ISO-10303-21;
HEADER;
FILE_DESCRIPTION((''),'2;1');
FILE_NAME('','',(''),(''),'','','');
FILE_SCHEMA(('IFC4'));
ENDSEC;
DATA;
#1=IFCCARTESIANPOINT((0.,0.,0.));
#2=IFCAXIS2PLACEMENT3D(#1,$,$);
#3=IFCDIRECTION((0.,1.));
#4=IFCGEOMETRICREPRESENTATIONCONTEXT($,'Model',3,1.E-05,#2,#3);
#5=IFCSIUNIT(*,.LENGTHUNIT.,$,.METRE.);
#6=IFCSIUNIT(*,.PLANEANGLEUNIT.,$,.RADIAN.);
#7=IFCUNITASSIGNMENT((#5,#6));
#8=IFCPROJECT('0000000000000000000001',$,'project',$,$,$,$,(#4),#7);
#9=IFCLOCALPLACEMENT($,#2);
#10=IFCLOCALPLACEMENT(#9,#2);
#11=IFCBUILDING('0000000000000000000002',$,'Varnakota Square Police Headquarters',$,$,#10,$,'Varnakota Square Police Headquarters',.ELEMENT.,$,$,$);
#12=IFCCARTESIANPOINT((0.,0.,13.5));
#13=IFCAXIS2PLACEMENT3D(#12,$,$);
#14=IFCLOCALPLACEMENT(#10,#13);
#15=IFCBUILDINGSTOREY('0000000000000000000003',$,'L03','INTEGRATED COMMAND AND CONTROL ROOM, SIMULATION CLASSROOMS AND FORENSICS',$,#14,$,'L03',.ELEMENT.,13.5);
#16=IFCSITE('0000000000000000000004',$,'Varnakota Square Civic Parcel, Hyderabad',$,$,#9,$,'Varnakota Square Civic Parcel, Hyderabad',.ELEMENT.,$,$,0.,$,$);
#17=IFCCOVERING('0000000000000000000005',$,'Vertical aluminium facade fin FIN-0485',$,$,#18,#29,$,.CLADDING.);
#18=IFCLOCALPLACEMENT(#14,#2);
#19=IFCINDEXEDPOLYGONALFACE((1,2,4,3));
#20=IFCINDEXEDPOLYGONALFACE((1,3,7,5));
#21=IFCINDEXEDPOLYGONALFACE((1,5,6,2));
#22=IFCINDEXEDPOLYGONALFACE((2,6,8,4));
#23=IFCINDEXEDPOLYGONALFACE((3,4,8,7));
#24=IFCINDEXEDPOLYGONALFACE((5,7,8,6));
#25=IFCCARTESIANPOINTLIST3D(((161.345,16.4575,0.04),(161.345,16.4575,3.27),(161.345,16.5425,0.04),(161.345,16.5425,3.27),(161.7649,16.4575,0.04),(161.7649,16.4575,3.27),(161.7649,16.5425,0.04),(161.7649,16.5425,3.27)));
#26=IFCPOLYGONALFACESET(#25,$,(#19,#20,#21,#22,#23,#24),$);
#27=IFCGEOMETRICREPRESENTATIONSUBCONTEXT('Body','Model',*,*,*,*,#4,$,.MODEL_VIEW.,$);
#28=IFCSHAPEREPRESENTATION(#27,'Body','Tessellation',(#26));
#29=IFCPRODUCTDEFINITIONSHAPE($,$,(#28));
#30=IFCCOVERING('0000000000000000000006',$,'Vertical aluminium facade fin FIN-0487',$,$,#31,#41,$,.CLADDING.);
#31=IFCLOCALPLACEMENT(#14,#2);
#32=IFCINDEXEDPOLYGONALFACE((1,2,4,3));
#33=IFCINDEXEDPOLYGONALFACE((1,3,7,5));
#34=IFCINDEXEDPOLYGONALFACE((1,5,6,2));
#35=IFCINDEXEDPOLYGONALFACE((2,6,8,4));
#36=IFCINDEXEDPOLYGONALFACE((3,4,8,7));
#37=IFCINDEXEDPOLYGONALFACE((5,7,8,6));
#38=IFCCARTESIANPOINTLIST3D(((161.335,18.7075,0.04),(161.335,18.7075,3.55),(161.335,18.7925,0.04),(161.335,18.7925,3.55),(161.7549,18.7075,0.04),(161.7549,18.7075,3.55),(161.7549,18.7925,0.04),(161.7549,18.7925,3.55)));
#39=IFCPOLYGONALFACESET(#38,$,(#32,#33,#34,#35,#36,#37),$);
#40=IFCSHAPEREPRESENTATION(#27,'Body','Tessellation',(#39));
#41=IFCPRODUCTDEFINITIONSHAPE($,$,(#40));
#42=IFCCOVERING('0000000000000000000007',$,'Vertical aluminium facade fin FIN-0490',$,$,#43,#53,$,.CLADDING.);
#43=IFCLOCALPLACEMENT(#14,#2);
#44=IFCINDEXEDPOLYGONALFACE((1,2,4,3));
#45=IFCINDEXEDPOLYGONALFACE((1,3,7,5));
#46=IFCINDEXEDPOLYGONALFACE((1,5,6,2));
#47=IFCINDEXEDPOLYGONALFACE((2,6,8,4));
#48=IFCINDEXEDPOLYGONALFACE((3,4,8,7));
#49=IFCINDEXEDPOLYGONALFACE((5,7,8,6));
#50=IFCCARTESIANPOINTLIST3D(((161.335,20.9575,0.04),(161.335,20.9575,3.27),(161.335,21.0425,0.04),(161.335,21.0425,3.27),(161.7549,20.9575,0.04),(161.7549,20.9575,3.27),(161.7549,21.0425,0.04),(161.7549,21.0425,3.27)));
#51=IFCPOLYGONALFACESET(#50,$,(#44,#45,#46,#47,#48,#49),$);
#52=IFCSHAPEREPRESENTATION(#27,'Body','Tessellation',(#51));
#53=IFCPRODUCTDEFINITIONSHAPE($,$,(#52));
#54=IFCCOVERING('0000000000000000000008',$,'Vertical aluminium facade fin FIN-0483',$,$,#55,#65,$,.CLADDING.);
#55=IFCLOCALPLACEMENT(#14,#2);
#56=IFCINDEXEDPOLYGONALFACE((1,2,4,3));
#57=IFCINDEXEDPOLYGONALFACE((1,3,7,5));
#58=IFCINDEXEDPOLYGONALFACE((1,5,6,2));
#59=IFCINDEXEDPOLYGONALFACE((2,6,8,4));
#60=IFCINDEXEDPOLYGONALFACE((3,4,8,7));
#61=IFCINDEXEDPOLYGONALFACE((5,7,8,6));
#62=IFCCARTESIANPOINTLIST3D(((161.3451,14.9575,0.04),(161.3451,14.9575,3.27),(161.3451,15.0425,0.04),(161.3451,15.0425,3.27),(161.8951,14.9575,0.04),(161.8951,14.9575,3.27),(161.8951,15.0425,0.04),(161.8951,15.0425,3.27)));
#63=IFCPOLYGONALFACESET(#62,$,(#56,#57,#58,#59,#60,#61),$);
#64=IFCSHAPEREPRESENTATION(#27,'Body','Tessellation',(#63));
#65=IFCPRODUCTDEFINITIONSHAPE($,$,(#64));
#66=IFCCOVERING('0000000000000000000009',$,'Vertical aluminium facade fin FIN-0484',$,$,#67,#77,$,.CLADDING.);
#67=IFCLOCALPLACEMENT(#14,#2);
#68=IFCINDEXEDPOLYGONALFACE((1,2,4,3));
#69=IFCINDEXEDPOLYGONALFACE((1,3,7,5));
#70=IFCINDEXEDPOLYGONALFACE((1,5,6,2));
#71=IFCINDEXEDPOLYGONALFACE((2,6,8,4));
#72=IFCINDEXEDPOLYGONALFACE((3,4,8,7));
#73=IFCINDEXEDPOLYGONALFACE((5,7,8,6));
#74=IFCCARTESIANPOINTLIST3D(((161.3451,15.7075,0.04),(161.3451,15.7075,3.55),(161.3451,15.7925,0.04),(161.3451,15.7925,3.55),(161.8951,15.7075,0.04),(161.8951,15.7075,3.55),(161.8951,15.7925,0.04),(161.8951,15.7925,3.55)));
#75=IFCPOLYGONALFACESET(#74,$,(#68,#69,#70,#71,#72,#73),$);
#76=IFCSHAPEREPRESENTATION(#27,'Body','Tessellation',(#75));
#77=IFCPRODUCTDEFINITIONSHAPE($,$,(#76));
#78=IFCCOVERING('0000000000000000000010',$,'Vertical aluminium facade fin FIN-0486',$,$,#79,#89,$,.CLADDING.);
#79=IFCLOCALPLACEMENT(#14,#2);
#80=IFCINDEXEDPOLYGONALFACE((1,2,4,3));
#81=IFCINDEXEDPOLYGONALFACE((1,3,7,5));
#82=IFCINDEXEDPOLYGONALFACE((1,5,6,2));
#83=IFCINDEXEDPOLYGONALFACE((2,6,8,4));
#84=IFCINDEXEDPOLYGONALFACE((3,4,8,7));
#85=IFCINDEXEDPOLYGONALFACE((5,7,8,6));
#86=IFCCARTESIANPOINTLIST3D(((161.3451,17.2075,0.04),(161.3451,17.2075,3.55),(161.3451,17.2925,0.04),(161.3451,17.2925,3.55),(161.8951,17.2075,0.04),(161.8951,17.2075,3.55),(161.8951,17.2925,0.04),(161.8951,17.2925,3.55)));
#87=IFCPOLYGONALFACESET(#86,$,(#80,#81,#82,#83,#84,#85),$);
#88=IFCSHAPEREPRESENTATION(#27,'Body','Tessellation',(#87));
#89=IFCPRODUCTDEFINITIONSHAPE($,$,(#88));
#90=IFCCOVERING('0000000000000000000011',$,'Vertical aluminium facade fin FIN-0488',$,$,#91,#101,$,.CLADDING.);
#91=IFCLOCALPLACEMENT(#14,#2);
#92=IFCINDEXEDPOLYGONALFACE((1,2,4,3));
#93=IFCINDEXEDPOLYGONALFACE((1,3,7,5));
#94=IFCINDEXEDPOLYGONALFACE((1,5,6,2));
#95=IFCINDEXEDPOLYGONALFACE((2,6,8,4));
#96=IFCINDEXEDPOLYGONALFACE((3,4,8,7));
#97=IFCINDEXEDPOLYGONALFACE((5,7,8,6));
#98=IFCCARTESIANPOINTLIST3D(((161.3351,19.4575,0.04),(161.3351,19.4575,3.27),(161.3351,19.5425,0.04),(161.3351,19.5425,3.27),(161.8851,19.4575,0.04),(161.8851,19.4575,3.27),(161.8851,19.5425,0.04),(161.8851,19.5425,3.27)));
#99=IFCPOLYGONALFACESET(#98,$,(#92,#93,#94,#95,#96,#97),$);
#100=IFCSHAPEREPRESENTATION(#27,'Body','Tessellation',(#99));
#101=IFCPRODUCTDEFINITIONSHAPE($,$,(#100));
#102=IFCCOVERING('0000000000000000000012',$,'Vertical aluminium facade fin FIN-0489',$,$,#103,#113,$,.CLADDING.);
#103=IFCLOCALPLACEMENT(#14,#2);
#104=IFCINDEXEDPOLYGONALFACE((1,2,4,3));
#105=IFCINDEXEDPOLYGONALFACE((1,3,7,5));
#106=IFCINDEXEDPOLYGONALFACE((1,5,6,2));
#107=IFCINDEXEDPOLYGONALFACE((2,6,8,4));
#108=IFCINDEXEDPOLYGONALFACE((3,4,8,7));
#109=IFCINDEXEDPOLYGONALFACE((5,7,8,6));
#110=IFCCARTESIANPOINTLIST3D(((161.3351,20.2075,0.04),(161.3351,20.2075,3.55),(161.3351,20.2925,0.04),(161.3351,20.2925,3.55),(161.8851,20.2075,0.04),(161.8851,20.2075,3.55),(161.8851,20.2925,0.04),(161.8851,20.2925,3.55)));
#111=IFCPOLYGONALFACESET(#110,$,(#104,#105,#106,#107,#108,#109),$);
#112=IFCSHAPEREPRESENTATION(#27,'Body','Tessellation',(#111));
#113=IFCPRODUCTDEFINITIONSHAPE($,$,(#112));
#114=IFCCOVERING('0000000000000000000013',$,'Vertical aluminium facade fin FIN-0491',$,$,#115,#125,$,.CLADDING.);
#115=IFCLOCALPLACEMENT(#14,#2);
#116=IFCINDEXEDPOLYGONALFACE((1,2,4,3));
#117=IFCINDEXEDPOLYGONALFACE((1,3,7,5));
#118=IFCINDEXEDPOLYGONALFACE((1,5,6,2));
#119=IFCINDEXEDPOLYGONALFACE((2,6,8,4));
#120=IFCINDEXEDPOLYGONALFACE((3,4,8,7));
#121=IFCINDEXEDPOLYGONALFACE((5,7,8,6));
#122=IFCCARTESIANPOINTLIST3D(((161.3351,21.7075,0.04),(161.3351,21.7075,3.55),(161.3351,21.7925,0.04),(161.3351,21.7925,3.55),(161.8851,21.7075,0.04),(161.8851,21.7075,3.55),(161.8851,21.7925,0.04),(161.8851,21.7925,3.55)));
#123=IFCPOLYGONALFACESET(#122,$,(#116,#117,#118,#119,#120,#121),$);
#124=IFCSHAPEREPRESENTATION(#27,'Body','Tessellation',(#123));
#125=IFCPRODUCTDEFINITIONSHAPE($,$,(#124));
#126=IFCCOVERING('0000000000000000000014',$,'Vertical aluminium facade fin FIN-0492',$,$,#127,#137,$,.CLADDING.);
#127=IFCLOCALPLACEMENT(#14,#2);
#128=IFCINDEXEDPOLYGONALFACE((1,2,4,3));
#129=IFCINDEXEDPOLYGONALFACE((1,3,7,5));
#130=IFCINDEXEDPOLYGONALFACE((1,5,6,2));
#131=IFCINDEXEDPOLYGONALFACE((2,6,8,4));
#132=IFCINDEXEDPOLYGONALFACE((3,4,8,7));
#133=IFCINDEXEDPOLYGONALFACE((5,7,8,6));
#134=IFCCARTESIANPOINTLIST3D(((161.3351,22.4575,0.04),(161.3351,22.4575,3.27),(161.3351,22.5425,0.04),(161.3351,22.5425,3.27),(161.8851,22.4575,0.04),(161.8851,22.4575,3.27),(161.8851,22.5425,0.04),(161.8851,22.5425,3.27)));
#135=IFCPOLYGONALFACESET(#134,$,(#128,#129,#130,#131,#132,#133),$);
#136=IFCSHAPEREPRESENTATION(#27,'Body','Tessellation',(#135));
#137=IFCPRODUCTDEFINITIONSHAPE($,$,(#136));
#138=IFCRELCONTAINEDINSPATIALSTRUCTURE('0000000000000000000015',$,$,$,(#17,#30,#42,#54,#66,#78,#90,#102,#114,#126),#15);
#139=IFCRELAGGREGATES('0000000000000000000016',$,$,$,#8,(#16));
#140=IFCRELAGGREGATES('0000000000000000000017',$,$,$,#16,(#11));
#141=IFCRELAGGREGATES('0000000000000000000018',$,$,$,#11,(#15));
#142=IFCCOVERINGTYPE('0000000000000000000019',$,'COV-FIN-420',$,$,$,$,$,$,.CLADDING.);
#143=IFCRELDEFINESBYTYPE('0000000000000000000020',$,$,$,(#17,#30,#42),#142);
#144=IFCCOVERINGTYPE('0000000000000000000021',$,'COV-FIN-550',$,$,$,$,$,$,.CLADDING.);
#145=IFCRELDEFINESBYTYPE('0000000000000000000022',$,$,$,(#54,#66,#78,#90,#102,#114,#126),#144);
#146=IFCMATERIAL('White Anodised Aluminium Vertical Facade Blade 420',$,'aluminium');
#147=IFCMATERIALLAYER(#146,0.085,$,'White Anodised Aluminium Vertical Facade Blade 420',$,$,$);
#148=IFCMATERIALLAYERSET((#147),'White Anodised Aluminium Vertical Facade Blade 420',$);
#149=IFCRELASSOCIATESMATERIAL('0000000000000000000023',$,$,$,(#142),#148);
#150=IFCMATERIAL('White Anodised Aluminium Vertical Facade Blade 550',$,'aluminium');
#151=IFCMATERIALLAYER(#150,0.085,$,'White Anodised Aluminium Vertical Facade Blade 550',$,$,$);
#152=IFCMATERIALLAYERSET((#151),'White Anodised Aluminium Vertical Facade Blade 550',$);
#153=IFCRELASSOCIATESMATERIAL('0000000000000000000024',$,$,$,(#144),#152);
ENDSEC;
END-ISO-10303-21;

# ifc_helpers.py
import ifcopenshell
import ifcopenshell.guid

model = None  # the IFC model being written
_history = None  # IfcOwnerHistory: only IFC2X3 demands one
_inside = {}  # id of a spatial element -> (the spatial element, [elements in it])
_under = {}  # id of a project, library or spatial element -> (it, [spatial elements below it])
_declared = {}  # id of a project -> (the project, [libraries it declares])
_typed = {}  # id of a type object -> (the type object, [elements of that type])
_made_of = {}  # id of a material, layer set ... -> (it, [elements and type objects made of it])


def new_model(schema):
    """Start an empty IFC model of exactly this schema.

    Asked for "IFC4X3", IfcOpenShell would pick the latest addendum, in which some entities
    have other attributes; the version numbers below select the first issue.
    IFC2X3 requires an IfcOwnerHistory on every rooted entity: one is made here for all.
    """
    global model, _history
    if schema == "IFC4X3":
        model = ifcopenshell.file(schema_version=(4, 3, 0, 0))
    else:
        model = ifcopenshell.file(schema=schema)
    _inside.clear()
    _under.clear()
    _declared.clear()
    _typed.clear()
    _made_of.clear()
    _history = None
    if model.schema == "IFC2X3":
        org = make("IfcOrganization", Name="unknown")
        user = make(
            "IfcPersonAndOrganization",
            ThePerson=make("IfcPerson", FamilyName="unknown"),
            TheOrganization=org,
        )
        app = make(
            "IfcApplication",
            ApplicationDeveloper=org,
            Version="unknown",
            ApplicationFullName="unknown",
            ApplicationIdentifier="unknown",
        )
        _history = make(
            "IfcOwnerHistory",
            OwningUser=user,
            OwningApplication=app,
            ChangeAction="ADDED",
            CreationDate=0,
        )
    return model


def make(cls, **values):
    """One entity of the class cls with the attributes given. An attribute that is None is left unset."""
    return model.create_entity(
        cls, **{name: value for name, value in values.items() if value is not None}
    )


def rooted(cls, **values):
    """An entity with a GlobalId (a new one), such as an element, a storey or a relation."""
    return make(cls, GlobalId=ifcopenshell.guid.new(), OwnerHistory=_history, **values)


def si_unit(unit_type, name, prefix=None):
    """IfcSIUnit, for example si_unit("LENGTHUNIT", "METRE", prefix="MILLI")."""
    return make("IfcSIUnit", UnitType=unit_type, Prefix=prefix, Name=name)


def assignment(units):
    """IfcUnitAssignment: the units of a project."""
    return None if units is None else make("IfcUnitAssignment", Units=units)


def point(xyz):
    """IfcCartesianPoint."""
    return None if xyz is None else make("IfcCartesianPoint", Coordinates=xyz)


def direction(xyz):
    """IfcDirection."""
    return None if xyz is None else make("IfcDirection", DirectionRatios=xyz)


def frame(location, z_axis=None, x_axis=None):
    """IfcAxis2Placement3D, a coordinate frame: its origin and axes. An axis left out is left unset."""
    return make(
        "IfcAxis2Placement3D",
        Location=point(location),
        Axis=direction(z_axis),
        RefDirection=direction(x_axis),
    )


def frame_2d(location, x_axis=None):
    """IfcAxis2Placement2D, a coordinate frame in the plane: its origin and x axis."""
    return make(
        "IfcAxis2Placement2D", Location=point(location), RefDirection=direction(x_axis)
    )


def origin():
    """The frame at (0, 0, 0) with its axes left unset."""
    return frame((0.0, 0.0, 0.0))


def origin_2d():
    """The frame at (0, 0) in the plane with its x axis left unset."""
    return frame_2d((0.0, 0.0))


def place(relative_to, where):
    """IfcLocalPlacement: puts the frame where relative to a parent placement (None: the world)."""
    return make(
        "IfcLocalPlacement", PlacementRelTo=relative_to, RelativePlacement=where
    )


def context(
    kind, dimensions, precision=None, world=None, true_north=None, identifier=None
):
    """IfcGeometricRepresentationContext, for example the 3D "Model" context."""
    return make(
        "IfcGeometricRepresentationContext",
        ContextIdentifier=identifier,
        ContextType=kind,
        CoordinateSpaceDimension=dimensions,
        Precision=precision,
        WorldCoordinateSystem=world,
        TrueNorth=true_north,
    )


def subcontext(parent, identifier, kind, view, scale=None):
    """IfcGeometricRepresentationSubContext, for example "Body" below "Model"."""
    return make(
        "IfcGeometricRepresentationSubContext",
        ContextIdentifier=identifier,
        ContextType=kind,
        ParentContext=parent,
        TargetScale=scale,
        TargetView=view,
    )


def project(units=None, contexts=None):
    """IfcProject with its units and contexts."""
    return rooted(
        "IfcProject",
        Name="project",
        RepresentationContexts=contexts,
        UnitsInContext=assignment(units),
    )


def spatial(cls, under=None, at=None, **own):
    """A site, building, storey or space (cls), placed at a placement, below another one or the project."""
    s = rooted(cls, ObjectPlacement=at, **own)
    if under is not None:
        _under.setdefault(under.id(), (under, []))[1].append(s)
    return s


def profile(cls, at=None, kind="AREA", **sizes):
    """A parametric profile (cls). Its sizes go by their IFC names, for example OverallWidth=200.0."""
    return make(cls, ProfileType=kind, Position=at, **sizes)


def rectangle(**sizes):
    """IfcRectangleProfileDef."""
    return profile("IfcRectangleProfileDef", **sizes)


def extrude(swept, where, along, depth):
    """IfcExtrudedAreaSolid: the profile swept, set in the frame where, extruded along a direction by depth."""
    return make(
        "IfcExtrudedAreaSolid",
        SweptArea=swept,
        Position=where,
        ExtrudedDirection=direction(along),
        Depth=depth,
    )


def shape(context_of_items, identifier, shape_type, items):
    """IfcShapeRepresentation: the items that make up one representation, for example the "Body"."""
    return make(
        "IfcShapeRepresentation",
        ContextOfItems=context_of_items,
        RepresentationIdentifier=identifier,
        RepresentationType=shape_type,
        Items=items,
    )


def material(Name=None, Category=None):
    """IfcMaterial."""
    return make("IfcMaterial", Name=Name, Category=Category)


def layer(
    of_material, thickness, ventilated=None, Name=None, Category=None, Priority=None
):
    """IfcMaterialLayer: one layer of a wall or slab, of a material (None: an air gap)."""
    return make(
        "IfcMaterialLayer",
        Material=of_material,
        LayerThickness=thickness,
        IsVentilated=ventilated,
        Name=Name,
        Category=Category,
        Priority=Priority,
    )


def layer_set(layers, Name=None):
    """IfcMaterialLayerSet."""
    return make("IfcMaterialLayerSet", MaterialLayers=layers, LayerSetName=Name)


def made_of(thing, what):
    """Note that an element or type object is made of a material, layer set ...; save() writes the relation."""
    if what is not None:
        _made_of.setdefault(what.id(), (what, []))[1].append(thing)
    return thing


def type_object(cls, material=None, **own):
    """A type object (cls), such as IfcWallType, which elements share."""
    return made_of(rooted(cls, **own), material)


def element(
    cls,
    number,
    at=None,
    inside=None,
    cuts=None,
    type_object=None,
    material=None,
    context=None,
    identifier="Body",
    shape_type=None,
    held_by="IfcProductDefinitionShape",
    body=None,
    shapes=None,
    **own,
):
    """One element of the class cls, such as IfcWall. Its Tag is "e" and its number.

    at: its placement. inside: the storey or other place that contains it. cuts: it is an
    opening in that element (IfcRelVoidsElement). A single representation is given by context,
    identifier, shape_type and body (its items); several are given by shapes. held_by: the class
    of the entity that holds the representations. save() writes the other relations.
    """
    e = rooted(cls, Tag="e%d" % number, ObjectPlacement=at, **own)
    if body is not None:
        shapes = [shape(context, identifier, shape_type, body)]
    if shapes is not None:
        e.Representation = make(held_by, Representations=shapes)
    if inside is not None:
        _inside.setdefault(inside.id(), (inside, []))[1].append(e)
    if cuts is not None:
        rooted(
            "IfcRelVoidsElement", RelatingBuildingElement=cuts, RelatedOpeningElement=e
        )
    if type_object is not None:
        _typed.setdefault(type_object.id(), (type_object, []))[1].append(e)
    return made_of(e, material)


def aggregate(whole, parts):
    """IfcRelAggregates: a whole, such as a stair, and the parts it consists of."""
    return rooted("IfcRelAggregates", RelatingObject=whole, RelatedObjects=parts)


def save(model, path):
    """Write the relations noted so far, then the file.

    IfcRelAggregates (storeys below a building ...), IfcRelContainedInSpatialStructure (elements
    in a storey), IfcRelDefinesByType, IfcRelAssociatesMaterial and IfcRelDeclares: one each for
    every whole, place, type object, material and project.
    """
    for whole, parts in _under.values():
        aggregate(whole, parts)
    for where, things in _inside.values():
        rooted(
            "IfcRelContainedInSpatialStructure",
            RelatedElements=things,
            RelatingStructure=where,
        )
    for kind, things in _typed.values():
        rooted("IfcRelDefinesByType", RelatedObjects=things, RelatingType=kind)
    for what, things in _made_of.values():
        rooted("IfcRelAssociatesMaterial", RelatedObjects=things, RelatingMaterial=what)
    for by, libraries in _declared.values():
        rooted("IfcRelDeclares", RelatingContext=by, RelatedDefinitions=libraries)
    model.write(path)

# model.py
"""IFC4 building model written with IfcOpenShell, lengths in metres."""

from ifc_helpers import new_model, si_unit, direction, frame, origin, origin_2d, place, context, subcontext, project, spatial, rectangle, extrude, material, layer, layer_set, type_object, element, save


model = new_model("IFC4")

# Units and contexts
model_context = context("Model", 3, precision=1e-05, world=origin(), true_north=direction((0.0, 1.0)))
body_context = subcontext(model_context, "Body", "Model", "MODEL_VIEW")
ifc_project = project(units=[si_unit("LENGTHUNIT", "METRE"), si_unit("PLANEANGLEUNIT", "RADIAN")], contexts=[model_context])

# Site, building, storey
site_placement = place(None, origin())
site = spatial("IfcSite", under=ifc_project, at=site_placement, Name="Varnakota Square Civic Parcel, Hyderabad", LongName="Varnakota Square Civic Parcel, Hyderabad", CompositionType="ELEMENT", RefElevation=0.0)
building_placement = place(site_placement, origin())
building = spatial("IfcBuilding", under=site, at=building_placement, Name="Varnakota Square Police Headquarters", LongName="Varnakota Square Police Headquarters", CompositionType="ELEMENT")
storey_placement = place(building_placement, frame((0.0, 0.0, 13.5)))
storey = spatial("IfcBuildingStorey", under=building, at=storey_placement, Name="L03", Description="INTEGRATED COMMAND AND CONTROL ROOM, SIMULATION CLASSROOMS AND FORENSICS", LongName="L03", CompositionType="ELEMENT", Elevation=13.5)

# Coverings
ifc_material_1 = material(Name="White Anodised Aluminium Vertical Facade Blade 420", Category="aluminium")
ifc_layer_1 = layer(ifc_material_1, 0.085, Name="White Anodised Aluminium Vertical Facade Blade 420")
ifc_layer_set_1 = layer_set([ifc_layer_1], Name="White Anodised Aluminium Vertical Facade Blade 420")
covering_type_1 = type_object("IfcCoveringType", Name="COV-FIN-420", PredefinedType="CLADDING", material=ifc_layer_set_1)
covering_1_placement = place(storey_placement, frame((161.5549, 16.5, 0.04), z_axis=(0.0, 0.0, 1.0), x_axis=(0.0, 1.0, 0.0)))
element("IfcCovering", 1, at=covering_1_placement, inside=storey, type_object=covering_type_1, Name="Vertical aluminium facade fin FIN-0485", PredefinedType="CLADDING", context=body_context, shape_type="SweptSolid", body=[
    extrude(rectangle(XDim=0.085, YDim=0.4199, at=origin_2d()), origin(), (0.0, 0.0, 1.0), 3.23),
])
covering_2_placement = place(storey_placement, frame((161.5449, 18.75, 0.04), z_axis=(0.0, 0.0, 1.0), x_axis=(0.0, 1.0, 0.0)))
element("IfcCovering", 2, at=covering_2_placement, inside=storey, type_object=covering_type_1, Name="Vertical aluminium facade fin FIN-0487", PredefinedType="CLADDING", context=body_context, shape_type="SweptSolid", body=[
    extrude(rectangle(XDim=0.085, YDim=0.4199, at=origin_2d()), origin(), (0.0, 0.0, 1.0), 3.51),
])
covering_3_placement = place(storey_placement, frame((161.5449, 21.0, 0.04), z_axis=(0.0, 0.0, 1.0), x_axis=(0.0, 1.0, 0.0)))
element("IfcCovering", 3, at=covering_3_placement, inside=storey, type_object=covering_type_1, Name="Vertical aluminium facade fin FIN-0490", PredefinedType="CLADDING", context=body_context, shape_type="SweptSolid", body=[
    extrude(rectangle(XDim=0.085, YDim=0.4199, at=origin_2d()), origin(), (0.0, 0.0, 1.0), 3.23),
])
ifc_material_2 = material(Name="White Anodised Aluminium Vertical Facade Blade 550", Category="aluminium")
ifc_layer_2 = layer(ifc_material_2, 0.085, Name="White Anodised Aluminium Vertical Facade Blade 550")
ifc_layer_set_2 = layer_set([ifc_layer_2], Name="White Anodised Aluminium Vertical Facade Blade 550")
covering_type_2 = type_object("IfcCoveringType", Name="COV-FIN-550", PredefinedType="CLADDING", material=ifc_layer_set_2)
covering_4_placement = place(storey_placement, frame((161.6201, 15.0, 0.04), z_axis=(0.0, 0.0, 1.0), x_axis=(0.0, 1.0, 0.0)))
element("IfcCovering", 4, at=covering_4_placement, inside=storey, type_object=covering_type_2, Name="Vertical aluminium facade fin FIN-0483", PredefinedType="CLADDING", context=body_context, shape_type="SweptSolid", body=[
    extrude(rectangle(XDim=0.085, YDim=0.55, at=origin_2d()), origin(), (0.0, 0.0, 1.0), 3.23),
])
for number, where, z_axis, x_axis, name in (
    (5, (161.6201, 15.75, 0.04), (0.0, 0.0, 1.0), (0.0, 1.0, 0.0), "Vertical aluminium facade fin FIN-0484"),
    (6, (161.6201, 17.25, 0.04), (0.0, 0.0, 1.0), (0.0, 1.0, 0.0), "Vertical aluminium facade fin FIN-0486"),
):
    element("IfcCovering", number, at=place(storey_placement, frame(where, z_axis=z_axis, x_axis=x_axis)), inside=storey, type_object=covering_type_2, Name=name, PredefinedType="CLADDING", context=body_context, shape_type="SweptSolid", body=[
        extrude(rectangle(XDim=0.085, YDim=0.55, at=origin_2d()), origin(), (0.0, 0.0, 1.0), 3.51),
    ])
covering_5_placement = place(storey_placement, frame((161.6101, 19.5, 0.04), z_axis=(0.0, 0.0, 1.0), x_axis=(0.0, 1.0, 0.0)))
element("IfcCovering", 7, at=covering_5_placement, inside=storey, type_object=covering_type_2, Name="Vertical aluminium facade fin FIN-0488", PredefinedType="CLADDING", context=body_context, shape_type="SweptSolid", body=[
    extrude(rectangle(XDim=0.085, YDim=0.55, at=origin_2d()), origin(), (0.0, 0.0, 1.0), 3.23),
])
for number, where, z_axis, x_axis, name in (
    (8, (161.6101, 20.25, 0.04), (0.0, 0.0, 1.0), (0.0, 1.0, 0.0), "Vertical aluminium facade fin FIN-0489"),
    (9, (161.6101, 21.75, 0.04), (0.0, 0.0, 1.0), (0.0, 1.0, 0.0), "Vertical aluminium facade fin FIN-0491"),
):
    element("IfcCovering", number, at=place(storey_placement, frame(where, z_axis=z_axis, x_axis=x_axis)), inside=storey, type_object=covering_type_2, Name=name, PredefinedType="CLADDING", context=body_context, shape_type="SweptSolid", body=[
        extrude(rectangle(XDim=0.085, YDim=0.55, at=origin_2d()), origin(), (0.0, 0.0, 1.0), 3.51),
    ])
covering_6_placement = place(storey_placement, frame((161.6101, 22.5, 0.04), z_axis=(0.0, 0.0, 1.0), x_axis=(0.0, 1.0, 0.0)))
element("IfcCovering", 10, at=covering_6_placement, inside=storey, type_object=covering_type_2, Name="Vertical aluminium facade fin FIN-0492", PredefinedType="CLADDING", context=body_context, shape_type="SweptSolid", body=[
    extrude(rectangle(XDim=0.085, YDim=0.55, at=origin_2d()), origin(), (0.0, 0.0, 1.0), 3.23),
])

save(model, "model.ifc")
